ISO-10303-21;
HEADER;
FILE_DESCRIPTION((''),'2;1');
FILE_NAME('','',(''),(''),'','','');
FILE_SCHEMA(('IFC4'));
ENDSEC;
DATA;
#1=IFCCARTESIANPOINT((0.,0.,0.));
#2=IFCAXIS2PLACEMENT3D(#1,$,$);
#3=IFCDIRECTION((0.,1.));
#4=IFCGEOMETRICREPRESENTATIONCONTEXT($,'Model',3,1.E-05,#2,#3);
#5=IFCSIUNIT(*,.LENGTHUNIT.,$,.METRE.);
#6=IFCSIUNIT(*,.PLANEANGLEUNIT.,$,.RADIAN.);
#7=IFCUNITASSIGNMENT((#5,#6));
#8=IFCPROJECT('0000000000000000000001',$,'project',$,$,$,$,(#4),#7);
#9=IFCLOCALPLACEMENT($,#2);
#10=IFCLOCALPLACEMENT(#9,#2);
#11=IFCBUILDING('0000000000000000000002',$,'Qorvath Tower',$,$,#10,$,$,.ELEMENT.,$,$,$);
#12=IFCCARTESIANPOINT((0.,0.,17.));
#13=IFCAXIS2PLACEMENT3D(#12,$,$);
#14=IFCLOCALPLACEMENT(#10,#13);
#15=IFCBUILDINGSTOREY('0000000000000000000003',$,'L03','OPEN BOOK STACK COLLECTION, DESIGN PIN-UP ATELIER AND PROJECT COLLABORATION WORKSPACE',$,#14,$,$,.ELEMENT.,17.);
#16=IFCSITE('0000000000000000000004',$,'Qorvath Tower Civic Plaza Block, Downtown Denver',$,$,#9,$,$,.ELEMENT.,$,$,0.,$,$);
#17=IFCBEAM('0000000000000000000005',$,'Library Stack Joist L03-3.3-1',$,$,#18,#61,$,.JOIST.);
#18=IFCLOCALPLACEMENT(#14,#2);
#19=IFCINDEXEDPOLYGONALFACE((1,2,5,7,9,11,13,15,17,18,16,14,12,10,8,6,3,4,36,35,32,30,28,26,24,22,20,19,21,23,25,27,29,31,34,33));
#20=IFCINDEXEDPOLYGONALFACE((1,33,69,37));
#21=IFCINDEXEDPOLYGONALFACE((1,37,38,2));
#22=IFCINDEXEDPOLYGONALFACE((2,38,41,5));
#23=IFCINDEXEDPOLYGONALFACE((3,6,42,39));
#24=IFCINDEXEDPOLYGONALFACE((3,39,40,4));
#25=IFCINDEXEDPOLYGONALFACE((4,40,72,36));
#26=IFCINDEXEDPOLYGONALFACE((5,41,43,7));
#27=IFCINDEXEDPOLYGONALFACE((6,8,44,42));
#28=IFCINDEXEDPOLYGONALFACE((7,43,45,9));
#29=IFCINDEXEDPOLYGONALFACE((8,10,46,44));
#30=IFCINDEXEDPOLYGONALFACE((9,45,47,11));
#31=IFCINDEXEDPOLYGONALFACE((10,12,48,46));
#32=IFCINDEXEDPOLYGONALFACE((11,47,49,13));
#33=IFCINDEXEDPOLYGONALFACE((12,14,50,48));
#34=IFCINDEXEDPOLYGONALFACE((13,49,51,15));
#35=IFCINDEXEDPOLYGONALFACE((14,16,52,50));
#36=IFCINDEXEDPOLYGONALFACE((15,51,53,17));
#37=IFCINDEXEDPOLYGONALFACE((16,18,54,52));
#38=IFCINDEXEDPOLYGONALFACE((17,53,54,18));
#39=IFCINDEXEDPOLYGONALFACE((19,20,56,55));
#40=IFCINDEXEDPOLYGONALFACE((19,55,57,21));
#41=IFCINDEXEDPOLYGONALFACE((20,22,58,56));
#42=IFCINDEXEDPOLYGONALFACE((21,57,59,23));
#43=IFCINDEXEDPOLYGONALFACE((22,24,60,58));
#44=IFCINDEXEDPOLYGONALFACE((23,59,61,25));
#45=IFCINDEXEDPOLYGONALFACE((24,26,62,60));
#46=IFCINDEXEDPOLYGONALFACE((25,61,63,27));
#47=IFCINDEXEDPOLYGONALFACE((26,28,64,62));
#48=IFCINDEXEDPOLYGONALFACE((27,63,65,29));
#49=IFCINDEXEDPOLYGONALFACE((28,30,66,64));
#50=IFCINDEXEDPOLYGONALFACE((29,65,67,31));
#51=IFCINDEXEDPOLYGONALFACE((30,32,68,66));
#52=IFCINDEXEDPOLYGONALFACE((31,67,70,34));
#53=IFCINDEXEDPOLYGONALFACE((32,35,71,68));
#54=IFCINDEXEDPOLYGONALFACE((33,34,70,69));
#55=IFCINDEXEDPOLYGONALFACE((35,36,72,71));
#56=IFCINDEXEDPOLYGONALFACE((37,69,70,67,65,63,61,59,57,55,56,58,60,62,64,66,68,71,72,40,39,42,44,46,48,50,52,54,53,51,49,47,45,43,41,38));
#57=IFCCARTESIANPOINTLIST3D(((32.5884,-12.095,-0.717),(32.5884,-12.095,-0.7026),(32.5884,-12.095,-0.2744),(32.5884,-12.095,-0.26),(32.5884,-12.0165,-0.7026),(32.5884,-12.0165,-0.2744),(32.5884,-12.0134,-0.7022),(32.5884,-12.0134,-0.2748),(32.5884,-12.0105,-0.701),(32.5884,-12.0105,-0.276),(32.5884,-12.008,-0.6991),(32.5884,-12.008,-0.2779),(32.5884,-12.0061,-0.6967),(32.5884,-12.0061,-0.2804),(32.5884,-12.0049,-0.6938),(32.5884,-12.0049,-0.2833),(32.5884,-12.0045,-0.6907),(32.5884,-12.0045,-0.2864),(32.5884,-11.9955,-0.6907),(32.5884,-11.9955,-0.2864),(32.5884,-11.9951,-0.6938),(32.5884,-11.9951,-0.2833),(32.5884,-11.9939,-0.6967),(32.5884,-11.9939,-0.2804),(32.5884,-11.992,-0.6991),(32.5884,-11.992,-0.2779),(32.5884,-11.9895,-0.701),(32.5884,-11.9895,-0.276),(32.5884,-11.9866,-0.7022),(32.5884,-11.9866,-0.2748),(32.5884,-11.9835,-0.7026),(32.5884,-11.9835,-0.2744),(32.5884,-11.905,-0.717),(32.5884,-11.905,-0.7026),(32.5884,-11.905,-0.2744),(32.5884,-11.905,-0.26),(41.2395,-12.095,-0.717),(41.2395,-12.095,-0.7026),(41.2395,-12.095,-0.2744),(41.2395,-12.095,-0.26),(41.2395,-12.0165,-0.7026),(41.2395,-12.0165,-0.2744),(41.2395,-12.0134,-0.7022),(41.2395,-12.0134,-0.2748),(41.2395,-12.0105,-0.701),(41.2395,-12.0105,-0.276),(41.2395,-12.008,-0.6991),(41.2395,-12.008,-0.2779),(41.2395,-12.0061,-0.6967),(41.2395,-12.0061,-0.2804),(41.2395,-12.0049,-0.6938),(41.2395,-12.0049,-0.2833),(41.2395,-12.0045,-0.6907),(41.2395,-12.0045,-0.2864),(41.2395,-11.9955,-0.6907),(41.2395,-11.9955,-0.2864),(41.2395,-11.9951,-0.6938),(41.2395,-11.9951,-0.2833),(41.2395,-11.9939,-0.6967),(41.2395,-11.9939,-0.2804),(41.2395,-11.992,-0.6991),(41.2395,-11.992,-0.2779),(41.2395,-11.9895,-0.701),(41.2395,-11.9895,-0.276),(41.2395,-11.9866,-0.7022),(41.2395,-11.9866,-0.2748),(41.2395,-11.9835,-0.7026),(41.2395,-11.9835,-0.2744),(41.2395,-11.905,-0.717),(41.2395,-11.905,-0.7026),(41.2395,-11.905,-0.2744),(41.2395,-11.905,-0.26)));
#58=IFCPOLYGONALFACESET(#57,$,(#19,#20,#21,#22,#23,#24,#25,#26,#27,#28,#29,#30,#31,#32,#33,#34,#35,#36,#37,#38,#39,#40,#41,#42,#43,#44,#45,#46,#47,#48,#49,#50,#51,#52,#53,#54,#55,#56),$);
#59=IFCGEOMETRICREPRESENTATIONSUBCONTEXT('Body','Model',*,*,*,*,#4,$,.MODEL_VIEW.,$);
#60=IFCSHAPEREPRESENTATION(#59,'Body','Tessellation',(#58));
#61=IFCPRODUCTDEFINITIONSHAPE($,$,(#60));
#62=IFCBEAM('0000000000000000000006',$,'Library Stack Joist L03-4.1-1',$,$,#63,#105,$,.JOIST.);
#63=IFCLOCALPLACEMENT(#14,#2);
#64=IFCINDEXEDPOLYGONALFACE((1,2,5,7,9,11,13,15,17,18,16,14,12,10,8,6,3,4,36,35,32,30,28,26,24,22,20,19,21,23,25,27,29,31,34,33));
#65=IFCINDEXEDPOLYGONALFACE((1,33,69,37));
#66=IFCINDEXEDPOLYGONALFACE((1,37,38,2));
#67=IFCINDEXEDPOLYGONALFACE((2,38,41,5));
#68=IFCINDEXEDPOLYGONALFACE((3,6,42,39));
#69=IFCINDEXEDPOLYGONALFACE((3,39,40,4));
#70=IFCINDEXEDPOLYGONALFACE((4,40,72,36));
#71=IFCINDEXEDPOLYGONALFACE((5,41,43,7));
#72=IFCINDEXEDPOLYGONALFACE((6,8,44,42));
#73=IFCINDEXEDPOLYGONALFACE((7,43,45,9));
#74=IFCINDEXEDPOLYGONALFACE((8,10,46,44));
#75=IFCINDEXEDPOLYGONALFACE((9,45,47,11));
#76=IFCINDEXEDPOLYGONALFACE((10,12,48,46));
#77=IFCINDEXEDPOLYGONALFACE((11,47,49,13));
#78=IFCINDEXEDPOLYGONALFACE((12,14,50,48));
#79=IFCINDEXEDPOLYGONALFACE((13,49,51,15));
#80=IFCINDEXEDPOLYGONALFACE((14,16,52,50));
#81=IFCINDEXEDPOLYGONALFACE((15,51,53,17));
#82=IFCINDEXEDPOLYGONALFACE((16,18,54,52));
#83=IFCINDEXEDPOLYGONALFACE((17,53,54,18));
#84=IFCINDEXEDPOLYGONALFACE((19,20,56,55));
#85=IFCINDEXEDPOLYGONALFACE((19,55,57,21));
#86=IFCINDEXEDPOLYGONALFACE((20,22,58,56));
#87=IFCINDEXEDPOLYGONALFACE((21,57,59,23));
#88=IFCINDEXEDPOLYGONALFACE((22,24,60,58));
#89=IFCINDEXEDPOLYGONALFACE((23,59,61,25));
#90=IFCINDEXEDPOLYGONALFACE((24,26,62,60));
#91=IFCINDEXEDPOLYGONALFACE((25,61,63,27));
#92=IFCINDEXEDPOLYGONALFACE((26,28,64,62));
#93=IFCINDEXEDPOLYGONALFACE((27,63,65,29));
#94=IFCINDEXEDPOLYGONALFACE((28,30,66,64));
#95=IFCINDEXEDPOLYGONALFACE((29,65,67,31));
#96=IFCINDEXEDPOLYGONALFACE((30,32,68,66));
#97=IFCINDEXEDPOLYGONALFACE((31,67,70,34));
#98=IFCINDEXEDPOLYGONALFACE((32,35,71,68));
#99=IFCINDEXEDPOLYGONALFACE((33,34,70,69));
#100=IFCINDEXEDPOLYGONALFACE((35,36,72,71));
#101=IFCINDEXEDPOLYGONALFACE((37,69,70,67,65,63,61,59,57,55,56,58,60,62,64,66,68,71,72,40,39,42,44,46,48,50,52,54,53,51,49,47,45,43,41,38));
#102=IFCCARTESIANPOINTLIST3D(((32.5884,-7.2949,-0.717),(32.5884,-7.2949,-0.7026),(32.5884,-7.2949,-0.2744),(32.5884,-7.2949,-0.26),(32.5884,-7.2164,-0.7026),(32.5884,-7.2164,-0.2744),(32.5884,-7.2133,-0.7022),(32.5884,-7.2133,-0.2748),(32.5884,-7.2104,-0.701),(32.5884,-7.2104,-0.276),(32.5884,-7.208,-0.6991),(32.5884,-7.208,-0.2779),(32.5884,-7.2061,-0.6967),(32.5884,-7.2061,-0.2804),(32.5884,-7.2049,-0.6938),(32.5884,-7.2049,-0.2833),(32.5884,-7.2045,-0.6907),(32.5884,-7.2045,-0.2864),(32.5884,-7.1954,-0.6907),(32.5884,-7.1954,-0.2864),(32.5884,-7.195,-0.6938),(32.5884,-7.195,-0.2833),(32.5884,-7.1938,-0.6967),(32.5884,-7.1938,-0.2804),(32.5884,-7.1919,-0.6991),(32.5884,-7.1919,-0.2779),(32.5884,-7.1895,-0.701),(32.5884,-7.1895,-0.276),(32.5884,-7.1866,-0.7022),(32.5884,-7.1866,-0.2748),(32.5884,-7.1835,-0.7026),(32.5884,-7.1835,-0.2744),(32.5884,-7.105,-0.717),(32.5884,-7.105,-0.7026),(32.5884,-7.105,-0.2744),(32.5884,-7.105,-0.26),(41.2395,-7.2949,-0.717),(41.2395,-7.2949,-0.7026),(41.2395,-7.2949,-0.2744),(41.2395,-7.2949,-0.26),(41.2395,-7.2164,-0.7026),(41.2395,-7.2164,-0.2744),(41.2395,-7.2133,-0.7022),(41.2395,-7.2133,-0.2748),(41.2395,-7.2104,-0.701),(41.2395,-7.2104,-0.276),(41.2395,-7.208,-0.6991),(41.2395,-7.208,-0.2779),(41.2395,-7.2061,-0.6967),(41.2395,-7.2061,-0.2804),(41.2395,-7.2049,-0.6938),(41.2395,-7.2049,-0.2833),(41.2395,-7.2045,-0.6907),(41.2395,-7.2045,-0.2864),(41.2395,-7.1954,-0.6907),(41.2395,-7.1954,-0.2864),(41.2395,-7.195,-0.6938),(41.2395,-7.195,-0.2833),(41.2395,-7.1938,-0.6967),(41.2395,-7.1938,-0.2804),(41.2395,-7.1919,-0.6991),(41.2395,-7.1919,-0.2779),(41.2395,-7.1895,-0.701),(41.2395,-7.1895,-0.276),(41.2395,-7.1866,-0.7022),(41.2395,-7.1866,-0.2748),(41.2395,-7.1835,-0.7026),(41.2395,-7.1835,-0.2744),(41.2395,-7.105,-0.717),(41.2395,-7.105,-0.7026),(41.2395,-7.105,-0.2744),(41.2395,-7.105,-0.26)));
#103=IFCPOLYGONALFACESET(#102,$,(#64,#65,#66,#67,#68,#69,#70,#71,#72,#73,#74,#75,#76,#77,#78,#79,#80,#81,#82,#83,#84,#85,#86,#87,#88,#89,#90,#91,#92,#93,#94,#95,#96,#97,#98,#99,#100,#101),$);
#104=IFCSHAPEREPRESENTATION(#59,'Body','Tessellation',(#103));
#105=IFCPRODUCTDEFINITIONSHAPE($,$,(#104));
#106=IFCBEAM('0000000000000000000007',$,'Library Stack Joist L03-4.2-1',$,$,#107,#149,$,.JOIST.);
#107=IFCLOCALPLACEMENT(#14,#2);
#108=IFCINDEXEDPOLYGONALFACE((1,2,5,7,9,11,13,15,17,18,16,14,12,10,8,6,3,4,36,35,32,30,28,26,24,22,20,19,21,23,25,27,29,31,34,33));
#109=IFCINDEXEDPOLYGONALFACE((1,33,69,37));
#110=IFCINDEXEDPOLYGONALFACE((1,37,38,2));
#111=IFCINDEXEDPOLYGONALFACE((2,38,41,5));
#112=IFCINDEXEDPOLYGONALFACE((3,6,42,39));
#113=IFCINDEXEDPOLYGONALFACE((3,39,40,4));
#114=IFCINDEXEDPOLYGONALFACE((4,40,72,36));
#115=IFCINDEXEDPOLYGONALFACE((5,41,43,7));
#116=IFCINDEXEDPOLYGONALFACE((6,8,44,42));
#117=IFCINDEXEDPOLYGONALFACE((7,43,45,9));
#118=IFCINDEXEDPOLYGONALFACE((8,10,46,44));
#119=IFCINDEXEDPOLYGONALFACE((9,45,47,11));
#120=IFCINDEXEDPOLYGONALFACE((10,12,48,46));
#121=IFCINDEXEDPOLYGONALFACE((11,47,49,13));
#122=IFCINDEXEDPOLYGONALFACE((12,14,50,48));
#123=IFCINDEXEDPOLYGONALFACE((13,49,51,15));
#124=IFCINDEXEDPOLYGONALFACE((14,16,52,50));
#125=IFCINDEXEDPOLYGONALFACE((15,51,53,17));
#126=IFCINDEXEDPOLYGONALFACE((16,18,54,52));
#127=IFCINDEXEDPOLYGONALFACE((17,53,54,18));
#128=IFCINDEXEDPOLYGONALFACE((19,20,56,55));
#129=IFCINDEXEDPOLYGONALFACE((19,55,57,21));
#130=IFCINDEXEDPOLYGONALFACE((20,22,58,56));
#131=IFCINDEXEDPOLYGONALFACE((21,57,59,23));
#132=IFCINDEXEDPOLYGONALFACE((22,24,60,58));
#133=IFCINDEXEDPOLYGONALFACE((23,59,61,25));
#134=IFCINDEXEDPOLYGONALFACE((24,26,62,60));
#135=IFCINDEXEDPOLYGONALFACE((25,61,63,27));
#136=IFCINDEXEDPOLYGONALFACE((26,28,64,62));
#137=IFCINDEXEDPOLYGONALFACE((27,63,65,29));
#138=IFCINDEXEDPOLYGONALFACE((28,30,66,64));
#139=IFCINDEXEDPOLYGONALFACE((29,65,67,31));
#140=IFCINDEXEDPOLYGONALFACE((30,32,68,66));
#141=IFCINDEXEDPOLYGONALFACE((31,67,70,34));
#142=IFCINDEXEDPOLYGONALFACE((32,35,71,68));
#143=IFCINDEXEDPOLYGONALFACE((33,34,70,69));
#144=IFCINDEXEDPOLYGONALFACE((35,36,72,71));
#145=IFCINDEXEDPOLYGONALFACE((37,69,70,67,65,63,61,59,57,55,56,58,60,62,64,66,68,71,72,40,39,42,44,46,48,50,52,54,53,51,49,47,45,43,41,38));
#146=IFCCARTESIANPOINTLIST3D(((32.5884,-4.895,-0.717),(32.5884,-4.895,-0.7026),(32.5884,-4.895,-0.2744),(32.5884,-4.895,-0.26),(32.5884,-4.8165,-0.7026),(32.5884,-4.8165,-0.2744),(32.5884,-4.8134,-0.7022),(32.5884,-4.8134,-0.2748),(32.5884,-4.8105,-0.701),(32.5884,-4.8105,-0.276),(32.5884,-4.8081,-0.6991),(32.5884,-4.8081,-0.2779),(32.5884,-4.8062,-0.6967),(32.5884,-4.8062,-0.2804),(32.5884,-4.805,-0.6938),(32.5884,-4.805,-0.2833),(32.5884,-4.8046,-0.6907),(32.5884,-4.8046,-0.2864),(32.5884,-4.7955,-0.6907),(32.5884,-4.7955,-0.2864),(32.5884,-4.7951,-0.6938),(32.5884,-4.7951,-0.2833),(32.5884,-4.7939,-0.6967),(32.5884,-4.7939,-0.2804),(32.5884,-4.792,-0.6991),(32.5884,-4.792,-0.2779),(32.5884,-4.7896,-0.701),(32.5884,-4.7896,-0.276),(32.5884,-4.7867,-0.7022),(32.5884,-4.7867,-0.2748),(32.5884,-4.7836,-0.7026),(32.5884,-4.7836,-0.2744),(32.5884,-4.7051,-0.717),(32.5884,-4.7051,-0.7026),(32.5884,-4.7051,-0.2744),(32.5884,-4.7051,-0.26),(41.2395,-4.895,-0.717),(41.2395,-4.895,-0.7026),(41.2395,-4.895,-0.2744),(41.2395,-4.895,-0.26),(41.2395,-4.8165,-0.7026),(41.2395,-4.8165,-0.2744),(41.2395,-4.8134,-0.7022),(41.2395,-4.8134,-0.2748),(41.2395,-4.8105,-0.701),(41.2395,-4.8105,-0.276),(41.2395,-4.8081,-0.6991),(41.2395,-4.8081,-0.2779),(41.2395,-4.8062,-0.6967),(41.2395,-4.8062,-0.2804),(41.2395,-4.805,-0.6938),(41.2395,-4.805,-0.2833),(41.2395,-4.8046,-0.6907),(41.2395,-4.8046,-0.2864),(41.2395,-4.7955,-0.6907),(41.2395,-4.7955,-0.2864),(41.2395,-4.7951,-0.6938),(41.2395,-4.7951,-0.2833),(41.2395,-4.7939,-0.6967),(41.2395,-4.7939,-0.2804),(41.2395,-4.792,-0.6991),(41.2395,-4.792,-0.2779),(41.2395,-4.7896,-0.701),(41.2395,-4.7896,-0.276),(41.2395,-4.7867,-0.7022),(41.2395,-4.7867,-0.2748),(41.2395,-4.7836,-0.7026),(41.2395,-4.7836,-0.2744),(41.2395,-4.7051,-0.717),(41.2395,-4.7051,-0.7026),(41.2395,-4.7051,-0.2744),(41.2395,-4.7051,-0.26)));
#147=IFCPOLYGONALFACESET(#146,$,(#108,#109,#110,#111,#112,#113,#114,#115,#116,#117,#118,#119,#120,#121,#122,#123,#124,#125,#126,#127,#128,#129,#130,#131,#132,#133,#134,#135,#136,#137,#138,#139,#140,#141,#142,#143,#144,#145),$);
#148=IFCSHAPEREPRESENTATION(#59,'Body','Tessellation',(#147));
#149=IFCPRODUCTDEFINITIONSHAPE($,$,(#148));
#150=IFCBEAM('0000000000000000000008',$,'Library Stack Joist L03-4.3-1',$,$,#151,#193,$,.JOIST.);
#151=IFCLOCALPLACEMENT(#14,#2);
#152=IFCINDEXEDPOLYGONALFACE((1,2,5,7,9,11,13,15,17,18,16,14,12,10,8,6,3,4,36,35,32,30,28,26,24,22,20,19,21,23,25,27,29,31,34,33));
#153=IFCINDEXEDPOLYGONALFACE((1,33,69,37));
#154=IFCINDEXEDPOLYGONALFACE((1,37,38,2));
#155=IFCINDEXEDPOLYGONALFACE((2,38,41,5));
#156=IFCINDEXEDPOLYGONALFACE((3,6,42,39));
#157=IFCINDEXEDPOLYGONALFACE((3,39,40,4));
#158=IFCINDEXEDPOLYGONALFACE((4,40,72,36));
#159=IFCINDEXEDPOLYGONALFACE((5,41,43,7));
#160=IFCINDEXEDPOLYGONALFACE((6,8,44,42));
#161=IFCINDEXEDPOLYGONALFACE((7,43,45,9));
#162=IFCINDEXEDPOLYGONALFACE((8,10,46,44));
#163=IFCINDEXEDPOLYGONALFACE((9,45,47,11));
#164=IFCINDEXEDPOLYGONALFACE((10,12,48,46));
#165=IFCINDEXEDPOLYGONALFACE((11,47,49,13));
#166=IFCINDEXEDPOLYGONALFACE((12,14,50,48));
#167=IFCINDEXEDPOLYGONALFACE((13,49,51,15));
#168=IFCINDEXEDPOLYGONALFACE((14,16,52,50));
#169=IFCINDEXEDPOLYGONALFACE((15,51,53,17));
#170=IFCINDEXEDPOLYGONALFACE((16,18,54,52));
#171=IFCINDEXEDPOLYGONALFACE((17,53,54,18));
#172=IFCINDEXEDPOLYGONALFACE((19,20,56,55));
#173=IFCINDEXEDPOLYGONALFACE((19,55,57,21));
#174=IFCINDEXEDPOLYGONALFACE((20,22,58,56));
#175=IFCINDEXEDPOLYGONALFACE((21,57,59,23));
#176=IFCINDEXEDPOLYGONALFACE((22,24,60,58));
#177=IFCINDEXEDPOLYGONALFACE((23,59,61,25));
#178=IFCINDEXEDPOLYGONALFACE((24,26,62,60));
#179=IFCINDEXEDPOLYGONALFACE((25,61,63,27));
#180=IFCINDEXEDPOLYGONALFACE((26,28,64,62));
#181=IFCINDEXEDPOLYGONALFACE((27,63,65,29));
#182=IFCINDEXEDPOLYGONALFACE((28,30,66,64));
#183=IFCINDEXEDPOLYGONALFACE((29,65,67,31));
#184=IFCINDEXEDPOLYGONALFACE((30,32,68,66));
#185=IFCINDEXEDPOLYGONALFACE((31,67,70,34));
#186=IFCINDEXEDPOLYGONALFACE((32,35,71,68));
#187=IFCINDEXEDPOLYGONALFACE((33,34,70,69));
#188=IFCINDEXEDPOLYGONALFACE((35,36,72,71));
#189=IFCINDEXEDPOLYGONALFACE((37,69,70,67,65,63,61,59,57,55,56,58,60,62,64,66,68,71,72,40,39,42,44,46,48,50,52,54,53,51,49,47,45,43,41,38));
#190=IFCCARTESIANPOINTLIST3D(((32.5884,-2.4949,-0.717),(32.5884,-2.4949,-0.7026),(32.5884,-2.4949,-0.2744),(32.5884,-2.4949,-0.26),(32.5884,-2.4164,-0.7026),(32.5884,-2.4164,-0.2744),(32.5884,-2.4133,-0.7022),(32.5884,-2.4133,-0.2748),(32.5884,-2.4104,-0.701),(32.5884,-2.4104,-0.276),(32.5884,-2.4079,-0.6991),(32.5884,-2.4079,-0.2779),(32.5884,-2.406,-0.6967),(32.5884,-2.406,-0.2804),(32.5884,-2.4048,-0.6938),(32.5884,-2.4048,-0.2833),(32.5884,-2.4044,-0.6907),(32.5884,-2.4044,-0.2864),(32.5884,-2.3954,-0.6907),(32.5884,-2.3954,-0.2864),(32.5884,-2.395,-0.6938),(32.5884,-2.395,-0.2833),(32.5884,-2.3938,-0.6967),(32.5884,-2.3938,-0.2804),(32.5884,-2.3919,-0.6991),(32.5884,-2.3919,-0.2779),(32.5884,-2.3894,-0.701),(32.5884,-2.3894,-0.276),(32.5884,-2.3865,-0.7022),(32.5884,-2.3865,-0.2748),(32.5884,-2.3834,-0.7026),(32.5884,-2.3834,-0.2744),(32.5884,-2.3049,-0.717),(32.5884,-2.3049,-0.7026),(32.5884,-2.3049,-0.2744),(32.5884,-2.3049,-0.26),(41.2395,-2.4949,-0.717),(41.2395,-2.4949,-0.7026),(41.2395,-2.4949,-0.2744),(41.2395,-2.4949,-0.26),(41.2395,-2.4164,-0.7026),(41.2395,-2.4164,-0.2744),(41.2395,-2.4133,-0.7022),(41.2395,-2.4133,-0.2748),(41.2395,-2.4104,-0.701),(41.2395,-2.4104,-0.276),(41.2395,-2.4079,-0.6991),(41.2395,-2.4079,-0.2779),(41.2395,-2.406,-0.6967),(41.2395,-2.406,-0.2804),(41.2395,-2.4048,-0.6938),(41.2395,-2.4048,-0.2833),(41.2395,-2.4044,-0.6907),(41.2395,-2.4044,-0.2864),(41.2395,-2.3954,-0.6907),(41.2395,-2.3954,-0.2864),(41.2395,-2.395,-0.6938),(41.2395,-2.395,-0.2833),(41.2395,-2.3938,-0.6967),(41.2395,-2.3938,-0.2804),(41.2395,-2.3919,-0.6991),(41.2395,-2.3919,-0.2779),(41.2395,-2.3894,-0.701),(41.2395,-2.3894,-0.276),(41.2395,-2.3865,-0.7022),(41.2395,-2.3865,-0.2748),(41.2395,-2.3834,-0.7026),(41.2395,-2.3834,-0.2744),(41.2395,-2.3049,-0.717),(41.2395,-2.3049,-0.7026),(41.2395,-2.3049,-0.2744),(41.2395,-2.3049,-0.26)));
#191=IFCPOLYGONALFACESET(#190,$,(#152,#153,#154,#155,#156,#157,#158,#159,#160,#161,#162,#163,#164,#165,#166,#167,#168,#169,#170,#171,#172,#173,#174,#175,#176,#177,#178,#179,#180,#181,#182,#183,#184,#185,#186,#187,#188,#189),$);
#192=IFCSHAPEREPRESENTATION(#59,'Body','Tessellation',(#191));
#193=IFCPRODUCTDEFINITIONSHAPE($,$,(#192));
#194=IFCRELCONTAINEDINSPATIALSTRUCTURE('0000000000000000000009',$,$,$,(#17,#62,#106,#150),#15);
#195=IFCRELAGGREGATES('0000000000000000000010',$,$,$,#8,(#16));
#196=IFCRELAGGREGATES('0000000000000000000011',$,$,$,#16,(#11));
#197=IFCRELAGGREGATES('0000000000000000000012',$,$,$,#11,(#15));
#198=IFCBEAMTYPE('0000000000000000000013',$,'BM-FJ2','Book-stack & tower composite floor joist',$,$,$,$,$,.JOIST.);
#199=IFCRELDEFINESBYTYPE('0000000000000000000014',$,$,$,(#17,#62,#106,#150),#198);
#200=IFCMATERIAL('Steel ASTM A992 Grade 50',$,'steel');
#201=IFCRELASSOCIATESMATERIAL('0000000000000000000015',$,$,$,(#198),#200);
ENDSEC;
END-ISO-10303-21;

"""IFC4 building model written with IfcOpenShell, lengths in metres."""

from ifc_helpers import new_model, si_unit, direction, frame, origin, origin_2d, place, context, subcontext, project, spatial, i_section, extrude, material, material_profile, profile_set, type_object, element, save


model = new_model("IFC4")

# Units and contexts
model_context = context("Model", 3, precision=1e-05, world=origin(), true_north=direction((0.0, 1.0)))
body_context = subcontext(model_context, "Body", "Model", "MODEL_VIEW")
ifc_project = project(units=[si_unit("LENGTHUNIT", "METRE"), si_unit("PLANEANGLEUNIT", "RADIAN")], contexts=[model_context])

# Site, building, storey
site_placement = place(None, origin())
site = spatial("IfcSite", under=ifc_project, at=site_placement, Name="Qorvath Tower Civic Plaza Block, Downtown Denver", CompositionType="ELEMENT", RefElevation=0.0)
building_placement = place(site_placement, origin())
building = spatial("IfcBuilding", under=site, at=building_placement, Name="Qorvath Tower", CompositionType="ELEMENT")
storey_placement = place(building_placement, frame((0.0, 0.0, 17.0)))
storey = spatial("IfcBuildingStorey", under=building, at=storey_placement, Name="L03", Description="OPEN BOOK STACK COLLECTION, DESIGN PIN-UP ATELIER AND PROJECT COLLABORATION WORKSPACE", CompositionType="ELEMENT", Elevation=17.0)

# Beams
ifc_material_1 = material(Name="Steel ASTM A992 Grade 50", Category="steel")
ifc_material_profile_1 = material_profile(ifc_material_1, i_section(OverallWidth=0.1899, OverallDepth=0.457, WebThickness=0.009, FlangeThickness=0.0144, FilletRadius=0.012, at=origin_2d()), Name="W18x50")
ifc_profile_set_1 = profile_set([ifc_material_profile_1], Name="Steel ASTM A992 Grade 50")
beam_type_1 = type_object("IfcBeamType", Name="BM-FJ2", Description="Book-stack & tower composite floor joist", PredefinedType="JOIST", material=ifc_profile_set_1)
for number, where, z_axis, x_axis, name in (
    (1, (32.5884, -12.0, -0.4885), (1.0, 0.0, 0.0), (0.0, 1.0, 0.0), "Library Stack Joist L03-3.3-1"),
    (2, (32.5884, -7.2, -0.4885), (1.0, 0.0, 0.0), (0.0, 1.0, 0.0), "Library Stack Joist L03-4.1-1"),
    (3, (32.5884, -4.8, -0.4885), (1.0, 0.0, 0.0), (0.0, 1.0, 0.0), "Library Stack Joist L03-4.2-1"),
    (4, (32.5884, -2.3999, -0.4885), (1.0, 0.0, 0.0), (0.0, 1.0, 0.0), "Library Stack Joist L03-4.3-1"),
):
    element("IfcBeam", number, at=place(storey_placement, frame(where, z_axis=z_axis, x_axis=x_axis)), inside=storey, type_object=beam_type_1, Name=name, PredefinedType="JOIST", context=body_context, shape_type="SweptSolid", body=[
        extrude(i_section(OverallWidth=0.1899, OverallDepth=0.457, WebThickness=0.009, FlangeThickness=0.0144, FilletRadius=0.012, at=origin_2d()), origin(), (0.0, 0.0, 1.0), 8.6511),
    ])

save(model, "model.ifc")
